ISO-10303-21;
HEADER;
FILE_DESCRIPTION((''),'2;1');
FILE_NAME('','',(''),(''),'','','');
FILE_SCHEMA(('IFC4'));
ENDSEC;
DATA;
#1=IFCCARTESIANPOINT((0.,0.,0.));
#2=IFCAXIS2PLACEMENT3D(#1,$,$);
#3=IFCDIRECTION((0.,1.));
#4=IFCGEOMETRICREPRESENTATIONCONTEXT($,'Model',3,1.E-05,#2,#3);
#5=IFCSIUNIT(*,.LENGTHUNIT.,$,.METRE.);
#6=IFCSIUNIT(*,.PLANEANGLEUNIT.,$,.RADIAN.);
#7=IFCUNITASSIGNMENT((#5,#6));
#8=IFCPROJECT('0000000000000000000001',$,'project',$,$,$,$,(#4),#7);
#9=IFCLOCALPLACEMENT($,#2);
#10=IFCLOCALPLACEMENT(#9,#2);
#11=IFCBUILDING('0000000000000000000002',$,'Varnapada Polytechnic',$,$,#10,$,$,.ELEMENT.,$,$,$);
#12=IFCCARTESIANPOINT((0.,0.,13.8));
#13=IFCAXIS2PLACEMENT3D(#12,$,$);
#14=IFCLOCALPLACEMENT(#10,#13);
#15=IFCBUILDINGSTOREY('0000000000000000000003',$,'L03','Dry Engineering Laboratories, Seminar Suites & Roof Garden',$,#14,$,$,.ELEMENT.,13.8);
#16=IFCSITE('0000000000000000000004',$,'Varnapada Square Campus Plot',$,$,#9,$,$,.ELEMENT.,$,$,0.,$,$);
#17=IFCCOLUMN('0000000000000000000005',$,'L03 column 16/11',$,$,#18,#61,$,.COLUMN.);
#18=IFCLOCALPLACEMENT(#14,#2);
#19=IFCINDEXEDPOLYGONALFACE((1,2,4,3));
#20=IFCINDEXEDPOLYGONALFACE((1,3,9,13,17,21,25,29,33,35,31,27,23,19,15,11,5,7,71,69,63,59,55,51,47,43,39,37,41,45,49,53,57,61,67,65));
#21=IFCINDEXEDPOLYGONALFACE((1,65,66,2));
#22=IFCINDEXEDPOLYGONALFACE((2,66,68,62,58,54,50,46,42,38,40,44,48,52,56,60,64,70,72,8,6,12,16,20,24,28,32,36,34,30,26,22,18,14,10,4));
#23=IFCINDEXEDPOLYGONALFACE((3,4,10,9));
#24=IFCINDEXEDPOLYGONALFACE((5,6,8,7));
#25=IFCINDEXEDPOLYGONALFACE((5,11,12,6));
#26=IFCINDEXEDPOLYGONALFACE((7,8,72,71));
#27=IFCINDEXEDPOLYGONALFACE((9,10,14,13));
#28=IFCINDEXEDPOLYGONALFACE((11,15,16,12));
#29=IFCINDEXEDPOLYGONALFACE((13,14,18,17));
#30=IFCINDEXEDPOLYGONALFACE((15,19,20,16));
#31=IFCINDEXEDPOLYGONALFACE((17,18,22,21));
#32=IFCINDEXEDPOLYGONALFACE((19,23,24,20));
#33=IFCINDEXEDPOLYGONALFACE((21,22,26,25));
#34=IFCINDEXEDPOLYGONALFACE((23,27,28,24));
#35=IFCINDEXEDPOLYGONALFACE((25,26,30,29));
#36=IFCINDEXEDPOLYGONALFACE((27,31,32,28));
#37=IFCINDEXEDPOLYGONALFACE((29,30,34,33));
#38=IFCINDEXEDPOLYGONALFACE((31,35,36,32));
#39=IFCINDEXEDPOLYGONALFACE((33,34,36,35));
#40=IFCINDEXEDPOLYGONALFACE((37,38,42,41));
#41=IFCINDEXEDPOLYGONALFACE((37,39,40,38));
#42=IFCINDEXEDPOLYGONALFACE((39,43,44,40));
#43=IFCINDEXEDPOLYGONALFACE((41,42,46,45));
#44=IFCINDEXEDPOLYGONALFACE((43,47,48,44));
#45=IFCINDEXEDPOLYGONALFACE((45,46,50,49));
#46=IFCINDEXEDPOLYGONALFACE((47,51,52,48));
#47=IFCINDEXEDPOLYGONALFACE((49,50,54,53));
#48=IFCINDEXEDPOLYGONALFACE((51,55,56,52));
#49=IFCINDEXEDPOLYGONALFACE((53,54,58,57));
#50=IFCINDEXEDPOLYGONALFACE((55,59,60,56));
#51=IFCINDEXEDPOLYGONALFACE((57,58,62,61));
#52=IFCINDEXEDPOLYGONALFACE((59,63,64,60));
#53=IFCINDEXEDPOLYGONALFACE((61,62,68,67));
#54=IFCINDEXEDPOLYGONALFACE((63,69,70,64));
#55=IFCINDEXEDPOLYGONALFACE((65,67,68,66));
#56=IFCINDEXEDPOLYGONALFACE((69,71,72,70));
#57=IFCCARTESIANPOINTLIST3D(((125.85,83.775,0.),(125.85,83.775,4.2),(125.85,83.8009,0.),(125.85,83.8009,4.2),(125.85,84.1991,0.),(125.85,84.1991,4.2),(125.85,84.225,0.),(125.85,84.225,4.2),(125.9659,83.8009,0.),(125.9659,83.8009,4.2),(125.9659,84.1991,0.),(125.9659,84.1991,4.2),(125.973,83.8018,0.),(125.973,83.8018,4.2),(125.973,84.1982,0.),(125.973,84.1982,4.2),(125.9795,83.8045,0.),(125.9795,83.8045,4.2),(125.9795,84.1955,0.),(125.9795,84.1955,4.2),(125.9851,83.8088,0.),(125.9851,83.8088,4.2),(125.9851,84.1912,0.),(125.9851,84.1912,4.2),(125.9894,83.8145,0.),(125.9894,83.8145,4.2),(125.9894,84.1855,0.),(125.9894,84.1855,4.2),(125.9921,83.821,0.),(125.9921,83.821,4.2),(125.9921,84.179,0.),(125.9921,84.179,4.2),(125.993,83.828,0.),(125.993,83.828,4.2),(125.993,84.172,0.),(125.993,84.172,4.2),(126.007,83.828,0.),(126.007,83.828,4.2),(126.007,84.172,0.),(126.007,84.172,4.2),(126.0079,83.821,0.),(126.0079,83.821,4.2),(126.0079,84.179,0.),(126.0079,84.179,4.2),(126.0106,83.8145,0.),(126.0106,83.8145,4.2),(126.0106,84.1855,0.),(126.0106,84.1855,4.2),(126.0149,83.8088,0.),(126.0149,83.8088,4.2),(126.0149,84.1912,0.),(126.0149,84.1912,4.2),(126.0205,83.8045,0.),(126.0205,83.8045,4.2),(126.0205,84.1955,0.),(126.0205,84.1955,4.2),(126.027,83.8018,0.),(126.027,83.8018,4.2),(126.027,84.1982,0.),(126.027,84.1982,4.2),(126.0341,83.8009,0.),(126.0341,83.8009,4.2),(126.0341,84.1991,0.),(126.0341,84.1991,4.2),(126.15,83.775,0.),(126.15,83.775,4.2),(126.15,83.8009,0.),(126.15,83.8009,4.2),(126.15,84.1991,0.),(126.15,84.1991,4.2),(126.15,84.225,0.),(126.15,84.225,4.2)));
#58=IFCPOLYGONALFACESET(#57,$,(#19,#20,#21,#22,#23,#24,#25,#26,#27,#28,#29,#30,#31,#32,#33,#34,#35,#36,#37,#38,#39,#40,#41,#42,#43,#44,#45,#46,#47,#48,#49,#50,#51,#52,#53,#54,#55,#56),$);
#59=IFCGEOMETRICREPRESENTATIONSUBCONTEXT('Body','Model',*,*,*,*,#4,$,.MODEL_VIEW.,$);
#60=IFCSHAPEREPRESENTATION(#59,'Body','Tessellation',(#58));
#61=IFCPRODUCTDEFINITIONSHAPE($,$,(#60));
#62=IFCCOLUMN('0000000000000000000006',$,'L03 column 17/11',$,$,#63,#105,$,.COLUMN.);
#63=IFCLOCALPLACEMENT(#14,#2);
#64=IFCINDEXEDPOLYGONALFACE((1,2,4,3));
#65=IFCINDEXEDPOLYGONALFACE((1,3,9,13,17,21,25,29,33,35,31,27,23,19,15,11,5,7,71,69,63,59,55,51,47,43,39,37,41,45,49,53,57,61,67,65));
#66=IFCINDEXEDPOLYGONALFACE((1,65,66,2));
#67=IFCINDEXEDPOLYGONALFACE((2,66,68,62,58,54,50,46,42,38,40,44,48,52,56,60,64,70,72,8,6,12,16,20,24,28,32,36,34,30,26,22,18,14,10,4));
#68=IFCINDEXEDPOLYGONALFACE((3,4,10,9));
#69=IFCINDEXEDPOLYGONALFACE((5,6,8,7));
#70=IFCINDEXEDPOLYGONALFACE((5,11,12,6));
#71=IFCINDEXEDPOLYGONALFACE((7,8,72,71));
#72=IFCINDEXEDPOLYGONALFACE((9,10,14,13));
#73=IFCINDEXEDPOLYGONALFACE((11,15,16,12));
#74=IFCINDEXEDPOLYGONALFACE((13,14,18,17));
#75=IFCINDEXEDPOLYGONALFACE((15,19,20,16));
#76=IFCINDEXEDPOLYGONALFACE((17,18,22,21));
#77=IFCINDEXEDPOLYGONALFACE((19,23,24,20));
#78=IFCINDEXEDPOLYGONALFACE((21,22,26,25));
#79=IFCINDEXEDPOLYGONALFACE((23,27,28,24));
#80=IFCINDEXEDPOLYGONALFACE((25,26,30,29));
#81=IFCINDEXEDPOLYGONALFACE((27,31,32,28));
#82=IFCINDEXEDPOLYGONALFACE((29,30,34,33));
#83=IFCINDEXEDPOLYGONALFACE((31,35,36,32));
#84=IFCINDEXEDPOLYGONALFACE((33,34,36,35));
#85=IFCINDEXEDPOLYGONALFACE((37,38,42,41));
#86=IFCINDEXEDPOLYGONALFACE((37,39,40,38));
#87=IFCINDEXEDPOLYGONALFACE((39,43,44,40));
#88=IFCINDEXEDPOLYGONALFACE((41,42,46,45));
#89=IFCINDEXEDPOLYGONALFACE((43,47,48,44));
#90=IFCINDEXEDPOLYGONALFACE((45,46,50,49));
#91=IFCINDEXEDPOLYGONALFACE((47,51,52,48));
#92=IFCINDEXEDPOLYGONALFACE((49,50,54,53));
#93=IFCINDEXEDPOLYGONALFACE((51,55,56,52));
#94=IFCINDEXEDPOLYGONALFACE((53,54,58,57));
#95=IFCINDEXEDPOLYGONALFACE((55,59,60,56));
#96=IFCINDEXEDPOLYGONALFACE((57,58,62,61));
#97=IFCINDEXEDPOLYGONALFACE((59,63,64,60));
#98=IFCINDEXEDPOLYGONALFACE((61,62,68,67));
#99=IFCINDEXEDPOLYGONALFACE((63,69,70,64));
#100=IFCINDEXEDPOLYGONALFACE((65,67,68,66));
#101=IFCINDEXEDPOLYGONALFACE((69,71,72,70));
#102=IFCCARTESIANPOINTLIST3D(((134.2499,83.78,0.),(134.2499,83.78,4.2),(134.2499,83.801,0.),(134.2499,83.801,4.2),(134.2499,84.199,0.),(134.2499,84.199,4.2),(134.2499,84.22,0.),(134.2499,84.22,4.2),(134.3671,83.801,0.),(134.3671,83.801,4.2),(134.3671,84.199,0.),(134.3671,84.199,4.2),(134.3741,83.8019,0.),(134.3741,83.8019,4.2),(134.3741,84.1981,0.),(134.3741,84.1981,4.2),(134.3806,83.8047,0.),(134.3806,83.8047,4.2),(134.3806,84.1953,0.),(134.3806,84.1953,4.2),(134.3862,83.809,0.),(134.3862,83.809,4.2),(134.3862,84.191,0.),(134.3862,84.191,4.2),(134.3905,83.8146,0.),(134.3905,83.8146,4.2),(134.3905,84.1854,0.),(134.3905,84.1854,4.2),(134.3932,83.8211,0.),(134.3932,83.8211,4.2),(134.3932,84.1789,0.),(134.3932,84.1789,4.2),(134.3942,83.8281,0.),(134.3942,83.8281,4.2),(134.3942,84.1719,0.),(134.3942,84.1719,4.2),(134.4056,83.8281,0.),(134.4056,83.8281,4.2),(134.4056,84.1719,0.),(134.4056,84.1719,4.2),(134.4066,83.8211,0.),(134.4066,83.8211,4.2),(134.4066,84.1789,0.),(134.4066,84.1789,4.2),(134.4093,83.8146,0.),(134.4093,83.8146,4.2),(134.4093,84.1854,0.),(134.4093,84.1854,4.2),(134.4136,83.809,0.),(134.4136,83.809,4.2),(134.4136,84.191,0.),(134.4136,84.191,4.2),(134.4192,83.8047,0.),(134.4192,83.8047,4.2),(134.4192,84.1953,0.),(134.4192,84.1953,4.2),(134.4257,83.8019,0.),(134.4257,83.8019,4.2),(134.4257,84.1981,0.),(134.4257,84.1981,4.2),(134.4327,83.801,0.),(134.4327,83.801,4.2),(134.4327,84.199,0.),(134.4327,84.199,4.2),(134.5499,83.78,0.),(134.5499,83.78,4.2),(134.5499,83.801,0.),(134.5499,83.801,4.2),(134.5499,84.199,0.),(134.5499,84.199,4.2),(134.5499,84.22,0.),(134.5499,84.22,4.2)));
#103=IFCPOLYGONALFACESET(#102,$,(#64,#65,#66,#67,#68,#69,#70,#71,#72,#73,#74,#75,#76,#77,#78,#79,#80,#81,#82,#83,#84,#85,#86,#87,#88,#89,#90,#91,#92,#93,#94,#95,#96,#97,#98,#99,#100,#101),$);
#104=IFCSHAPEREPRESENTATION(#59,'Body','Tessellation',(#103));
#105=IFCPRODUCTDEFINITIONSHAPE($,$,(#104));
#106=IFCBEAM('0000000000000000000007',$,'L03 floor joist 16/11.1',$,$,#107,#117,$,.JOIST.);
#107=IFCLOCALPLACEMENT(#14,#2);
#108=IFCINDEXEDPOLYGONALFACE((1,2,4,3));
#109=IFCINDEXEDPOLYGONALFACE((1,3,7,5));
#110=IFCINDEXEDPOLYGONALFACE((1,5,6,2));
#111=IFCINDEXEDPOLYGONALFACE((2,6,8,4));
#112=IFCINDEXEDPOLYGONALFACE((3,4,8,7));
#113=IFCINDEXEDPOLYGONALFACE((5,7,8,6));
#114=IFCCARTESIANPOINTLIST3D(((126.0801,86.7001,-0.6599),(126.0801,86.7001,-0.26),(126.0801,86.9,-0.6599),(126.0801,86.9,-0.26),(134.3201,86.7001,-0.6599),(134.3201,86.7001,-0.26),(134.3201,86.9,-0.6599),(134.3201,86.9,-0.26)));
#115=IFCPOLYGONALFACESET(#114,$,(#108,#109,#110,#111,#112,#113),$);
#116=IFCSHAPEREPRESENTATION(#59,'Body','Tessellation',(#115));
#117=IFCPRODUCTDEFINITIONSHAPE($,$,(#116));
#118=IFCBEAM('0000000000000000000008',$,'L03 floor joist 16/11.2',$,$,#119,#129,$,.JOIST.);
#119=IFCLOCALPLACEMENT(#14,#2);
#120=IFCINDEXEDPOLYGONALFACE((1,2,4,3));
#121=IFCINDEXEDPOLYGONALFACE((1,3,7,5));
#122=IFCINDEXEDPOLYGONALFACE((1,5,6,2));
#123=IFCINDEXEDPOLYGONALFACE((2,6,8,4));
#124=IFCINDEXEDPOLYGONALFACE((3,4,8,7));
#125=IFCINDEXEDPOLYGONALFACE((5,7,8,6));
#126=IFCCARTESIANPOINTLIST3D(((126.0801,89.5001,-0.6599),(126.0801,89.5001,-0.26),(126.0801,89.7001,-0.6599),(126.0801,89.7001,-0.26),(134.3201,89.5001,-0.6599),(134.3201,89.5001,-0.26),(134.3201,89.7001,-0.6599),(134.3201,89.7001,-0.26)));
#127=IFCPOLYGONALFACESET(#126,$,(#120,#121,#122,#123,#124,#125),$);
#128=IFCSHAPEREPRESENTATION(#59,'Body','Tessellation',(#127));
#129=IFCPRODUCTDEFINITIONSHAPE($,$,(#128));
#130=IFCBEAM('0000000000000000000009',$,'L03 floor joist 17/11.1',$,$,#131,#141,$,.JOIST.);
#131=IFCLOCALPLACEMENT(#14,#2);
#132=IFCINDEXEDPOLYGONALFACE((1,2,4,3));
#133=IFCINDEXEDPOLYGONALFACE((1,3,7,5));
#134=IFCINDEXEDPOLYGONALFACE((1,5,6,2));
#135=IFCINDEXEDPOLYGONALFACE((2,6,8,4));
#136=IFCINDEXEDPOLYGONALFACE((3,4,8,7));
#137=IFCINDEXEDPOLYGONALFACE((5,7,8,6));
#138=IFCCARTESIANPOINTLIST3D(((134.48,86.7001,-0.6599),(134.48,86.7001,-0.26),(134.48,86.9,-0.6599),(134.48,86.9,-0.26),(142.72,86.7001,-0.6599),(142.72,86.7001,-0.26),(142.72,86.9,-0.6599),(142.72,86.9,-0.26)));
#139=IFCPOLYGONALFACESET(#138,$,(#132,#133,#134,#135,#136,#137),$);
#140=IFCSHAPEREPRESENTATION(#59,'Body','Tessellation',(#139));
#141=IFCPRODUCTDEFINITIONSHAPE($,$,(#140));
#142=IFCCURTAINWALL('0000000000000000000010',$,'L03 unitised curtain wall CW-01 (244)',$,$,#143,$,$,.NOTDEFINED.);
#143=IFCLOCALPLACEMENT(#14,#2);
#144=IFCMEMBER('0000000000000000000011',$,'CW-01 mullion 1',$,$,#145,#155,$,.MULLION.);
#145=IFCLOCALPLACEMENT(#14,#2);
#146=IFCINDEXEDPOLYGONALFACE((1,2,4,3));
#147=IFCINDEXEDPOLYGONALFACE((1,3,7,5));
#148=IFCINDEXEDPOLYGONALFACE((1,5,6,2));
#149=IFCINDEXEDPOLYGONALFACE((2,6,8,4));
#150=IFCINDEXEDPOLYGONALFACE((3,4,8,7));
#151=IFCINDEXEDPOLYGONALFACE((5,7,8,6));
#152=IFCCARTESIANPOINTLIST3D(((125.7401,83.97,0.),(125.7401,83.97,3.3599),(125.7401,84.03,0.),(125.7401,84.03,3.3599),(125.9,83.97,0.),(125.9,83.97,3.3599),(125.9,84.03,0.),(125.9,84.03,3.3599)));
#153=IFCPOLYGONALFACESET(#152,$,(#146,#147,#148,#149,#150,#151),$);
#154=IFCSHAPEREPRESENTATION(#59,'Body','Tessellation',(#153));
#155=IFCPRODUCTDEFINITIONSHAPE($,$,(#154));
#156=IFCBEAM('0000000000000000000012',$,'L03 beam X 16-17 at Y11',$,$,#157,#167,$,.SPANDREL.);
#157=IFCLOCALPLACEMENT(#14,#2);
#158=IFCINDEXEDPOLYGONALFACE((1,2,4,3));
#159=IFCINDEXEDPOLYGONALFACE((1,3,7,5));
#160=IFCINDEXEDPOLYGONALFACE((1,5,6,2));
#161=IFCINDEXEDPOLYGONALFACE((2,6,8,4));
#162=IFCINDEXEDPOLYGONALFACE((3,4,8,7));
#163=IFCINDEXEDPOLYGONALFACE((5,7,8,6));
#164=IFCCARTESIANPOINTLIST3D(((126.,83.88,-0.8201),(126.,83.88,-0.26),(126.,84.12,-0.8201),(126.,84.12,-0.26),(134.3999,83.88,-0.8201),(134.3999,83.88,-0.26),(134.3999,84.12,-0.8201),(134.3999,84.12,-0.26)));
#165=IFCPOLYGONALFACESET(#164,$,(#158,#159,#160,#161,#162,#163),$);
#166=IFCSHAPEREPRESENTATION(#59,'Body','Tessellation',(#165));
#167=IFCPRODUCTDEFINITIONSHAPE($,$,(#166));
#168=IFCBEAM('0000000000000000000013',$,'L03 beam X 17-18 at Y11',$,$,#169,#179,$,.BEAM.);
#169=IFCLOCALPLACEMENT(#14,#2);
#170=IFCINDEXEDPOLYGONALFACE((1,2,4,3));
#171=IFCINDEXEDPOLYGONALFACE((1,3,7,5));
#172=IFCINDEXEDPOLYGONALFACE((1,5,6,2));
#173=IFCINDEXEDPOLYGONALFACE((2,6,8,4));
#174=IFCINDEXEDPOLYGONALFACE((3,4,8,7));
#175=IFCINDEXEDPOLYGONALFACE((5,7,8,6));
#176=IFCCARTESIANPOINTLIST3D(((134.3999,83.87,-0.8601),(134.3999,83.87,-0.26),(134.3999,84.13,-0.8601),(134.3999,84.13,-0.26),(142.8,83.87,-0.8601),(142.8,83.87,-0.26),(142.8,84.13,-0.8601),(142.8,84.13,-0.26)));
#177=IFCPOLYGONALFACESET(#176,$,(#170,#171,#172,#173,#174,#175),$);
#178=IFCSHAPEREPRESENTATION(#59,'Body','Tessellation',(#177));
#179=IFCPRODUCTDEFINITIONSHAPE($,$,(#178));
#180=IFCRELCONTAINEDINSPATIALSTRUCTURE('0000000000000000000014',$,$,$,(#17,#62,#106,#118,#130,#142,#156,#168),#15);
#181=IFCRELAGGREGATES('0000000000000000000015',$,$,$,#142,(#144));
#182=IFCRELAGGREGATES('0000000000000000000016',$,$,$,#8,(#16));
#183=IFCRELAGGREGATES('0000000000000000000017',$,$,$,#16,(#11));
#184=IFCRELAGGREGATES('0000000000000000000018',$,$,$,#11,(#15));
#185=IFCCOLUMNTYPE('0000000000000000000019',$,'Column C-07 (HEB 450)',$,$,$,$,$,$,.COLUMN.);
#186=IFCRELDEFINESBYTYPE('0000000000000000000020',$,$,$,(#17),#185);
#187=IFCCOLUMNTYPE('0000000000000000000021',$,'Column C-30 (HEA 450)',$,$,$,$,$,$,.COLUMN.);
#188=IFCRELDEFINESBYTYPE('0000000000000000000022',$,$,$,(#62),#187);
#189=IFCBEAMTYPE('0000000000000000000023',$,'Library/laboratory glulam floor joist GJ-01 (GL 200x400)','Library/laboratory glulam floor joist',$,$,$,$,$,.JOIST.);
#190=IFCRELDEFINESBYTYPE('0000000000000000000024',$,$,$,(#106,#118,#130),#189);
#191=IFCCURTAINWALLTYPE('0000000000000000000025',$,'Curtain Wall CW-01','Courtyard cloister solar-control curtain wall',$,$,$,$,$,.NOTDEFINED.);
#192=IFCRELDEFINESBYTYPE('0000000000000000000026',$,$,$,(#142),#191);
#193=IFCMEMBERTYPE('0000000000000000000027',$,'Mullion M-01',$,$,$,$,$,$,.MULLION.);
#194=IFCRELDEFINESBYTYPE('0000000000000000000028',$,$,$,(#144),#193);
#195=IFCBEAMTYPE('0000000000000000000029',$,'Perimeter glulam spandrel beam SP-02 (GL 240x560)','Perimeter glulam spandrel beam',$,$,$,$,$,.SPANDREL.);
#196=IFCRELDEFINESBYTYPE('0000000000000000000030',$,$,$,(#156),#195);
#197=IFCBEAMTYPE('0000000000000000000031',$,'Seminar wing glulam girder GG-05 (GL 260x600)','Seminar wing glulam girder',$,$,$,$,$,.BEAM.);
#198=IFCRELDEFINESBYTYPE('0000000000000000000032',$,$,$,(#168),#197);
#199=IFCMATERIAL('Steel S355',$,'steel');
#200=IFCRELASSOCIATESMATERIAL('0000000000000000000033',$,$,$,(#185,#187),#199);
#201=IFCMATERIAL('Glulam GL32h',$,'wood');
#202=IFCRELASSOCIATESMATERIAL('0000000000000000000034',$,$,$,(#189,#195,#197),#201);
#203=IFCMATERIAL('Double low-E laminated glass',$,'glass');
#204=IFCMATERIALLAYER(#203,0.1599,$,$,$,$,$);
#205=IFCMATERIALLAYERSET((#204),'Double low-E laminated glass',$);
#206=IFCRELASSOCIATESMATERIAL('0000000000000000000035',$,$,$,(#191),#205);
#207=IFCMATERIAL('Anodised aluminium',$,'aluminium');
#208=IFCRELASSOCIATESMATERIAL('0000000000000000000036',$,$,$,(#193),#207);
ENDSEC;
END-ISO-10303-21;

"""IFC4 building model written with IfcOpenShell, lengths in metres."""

from ifc_helpers import new_model, si_unit, direction, frame, origin, origin_2d, place, context, subcontext, project, spatial, rectangle, i_section, extrude, material, layer, layer_set, material_profile, profile_set, type_object, element, aggregate, save


model = new_model("IFC4")

# Units and contexts
model_context = context("Model", 3, precision=1e-05, world=origin(), true_north=direction((0.0, 1.0)))
body_context = subcontext(model_context, "Body", "Model", "MODEL_VIEW")
ifc_project = project(units=[si_unit("LENGTHUNIT", "METRE"), si_unit("PLANEANGLEUNIT", "RADIAN")], contexts=[model_context])

# Site, building, storey
site_placement = place(None, origin())
site = spatial("IfcSite", under=ifc_project, at=site_placement, Name="Varnapada Square Campus Plot", CompositionType="ELEMENT", RefElevation=0.0)
building_placement = place(site_placement, origin())
building = spatial("IfcBuilding", under=site, at=building_placement, Name="Varnapada Polytechnic", CompositionType="ELEMENT")
storey_placement = place(building_placement, frame((0.0, 0.0, 13.8)))
storey = spatial("IfcBuildingStorey", under=building, at=storey_placement, Name="L03", Description="Dry Engineering Laboratories, Seminar Suites & Roof Garden", CompositionType="ELEMENT", Elevation=13.8)

# Columns
ifc_material_1 = material(Name="Steel S355", Category="steel")
ifc_material_profile_1 = material_profile(ifc_material_1, i_section(OverallWidth=0.3, OverallDepth=0.45, WebThickness=0.0139, FlangeThickness=0.0259, FilletRadius=0.0271, at=origin_2d()), Name="HEB 450")
ifc_profile_set_1 = profile_set([ifc_material_profile_1], Name="Steel S355")
column_type_1 = type_object("IfcColumnType", Name="Column C-07 (HEB 450)", PredefinedType="COLUMN", material=ifc_profile_set_1)
column_1_placement = place(storey_placement, frame((126.0, 84.0, 0.0), z_axis=(0.0, 0.0, 1.0), x_axis=(1.0, 0.0, 0.0)))
element("IfcColumn", 1, at=column_1_placement, inside=storey, type_object=column_type_1, Name="L03 column 16/11", PredefinedType="COLUMN", context=body_context, shape_type="SweptSolid", body=[
    extrude(i_section(OverallWidth=0.3, OverallDepth=0.45, WebThickness=0.0139, FlangeThickness=0.0259, FilletRadius=0.0271, at=origin_2d()), origin(), (0.0, 0.0, 1.0), 4.2),
])
ifc_material_profile_2 = material_profile(ifc_material_1, i_section(OverallWidth=0.3, OverallDepth=0.4399, WebThickness=0.0115, FlangeThickness=0.021, FilletRadius=0.0271, at=origin_2d()), Name="HEA 450")
ifc_profile_set_2 = profile_set([ifc_material_profile_2], Name="Steel S355")
column_type_2 = type_object("IfcColumnType", Name="Column C-30 (HEA 450)", PredefinedType="COLUMN", material=ifc_profile_set_2)
column_2_placement = place(storey_placement, frame((134.3999, 84.0, 0.0), z_axis=(0.0, 0.0, 1.0), x_axis=(1.0, 0.0, 0.0)))
element("IfcColumn", 2, at=column_2_placement, inside=storey, type_object=column_type_2, Name="L03 column 17/11", PredefinedType="COLUMN", context=body_context, shape_type="SweptSolid", body=[
    extrude(i_section(OverallWidth=0.3, OverallDepth=0.4399, WebThickness=0.0115, FlangeThickness=0.021, FilletRadius=0.0271, at=origin_2d()), origin(), (0.0, 0.0, 1.0), 4.2),
])

# Beams
ifc_material_2 = material(Name="Glulam GL32h", Category="wood")
ifc_material_profile_3 = material_profile(ifc_material_2, rectangle(XDim=0.2, YDim=0.3999, at=origin_2d()), Name="GL 200x400")
ifc_profile_set_3 = profile_set([ifc_material_profile_3], Name="Glulam GL32h")
beam_type_1 = type_object("IfcBeamType", Name="Library/laboratory glulam floor joist GJ-01 (GL 200x400)", Description="Library/laboratory glulam floor joist", PredefinedType="JOIST", material=ifc_profile_set_3)
for number, where, z_axis, x_axis, name in (
    (3, (126.0801, 86.8, -0.46), (1.0, 0.0, 0.0), (0.0, 1.0, 0.0), "L03 floor joist 16/11.1"),
    (4, (126.0801, 89.6001, -0.46), (1.0, 0.0, 0.0), (0.0, 1.0, 0.0), "L03 floor joist 16/11.2"),
    (5, (134.48, 86.8, -0.46), (1.0, 0.0, 0.0), (0.0, 1.0, 0.0), "L03 floor joist 17/11.1"),
):
    element("IfcBeam", number, at=place(storey_placement, frame(where, z_axis=z_axis, x_axis=x_axis)), inside=storey, type_object=beam_type_1, Name=name, PredefinedType="JOIST", context=body_context, shape_type="SweptSolid", body=[
        extrude(rectangle(XDim=0.2, YDim=0.3999, at=origin_2d()), origin(), (0.0, 0.0, 1.0), 8.24),
    ])

# Curtain wall, member
ifc_material_3 = material(Name="Double low-E laminated glass", Category="glass")
ifc_layer_1 = layer(ifc_material_3, 0.1599)
ifc_layer_set_1 = layer_set([ifc_layer_1], Name="Double low-E laminated glass")
curtain_wall_type = type_object("IfcCurtainWallType", Name="Curtain Wall CW-01", Description="Courtyard cloister solar-control curtain wall", PredefinedType="NOTDEFINED", material=ifc_layer_set_1)
curtain_wall_placement = place(storey_placement, origin())
curtain_wall = element("IfcCurtainWall", 6, at=curtain_wall_placement, inside=storey, type_object=curtain_wall_type, Name="L03 unitised curtain wall CW-01 (244)", PredefinedType="NOTDEFINED")
ifc_material_4 = material(Name="Anodised aluminium", Category="aluminium")
ifc_material_profile_4 = material_profile(ifc_material_4, rectangle(XDim=0.0601, YDim=0.1599, at=origin_2d()), Name="ALU M60x160")
ifc_profile_set_4 = profile_set([ifc_material_profile_4], Name="Anodised aluminium")
member_type_1 = type_object("IfcMemberType", Name="Mullion M-01", PredefinedType="MULLION", material=ifc_profile_set_4)
member_1_placement = place(storey_placement, frame((125.8201, 84.0, 0.0), z_axis=(0.0, 0.0, 1.0), x_axis=(0.0, -1.0, 0.0)))
member_1 = element("IfcMember", 7, at=member_1_placement, type_object=member_type_1, Name="CW-01 mullion 1", PredefinedType="MULLION", context=body_context, shape_type="SweptSolid", body=[
    extrude(rectangle(XDim=0.0601, YDim=0.1599, at=origin_2d()), origin(), (0.0, 0.0, 1.0), 3.3599),
])

# Beams
ifc_material_profile_5 = material_profile(ifc_material_2, rectangle(XDim=0.24, YDim=0.5601, at=origin_2d()), Name="GL 240x560")
ifc_profile_set_5 = profile_set([ifc_material_profile_5], Name="Glulam GL32h")
beam_type_2 = type_object("IfcBeamType", Name="Perimeter glulam spandrel beam SP-02 (GL 240x560)", Description="Perimeter glulam spandrel beam", PredefinedType="SPANDREL", material=ifc_profile_set_5)
beam_1_placement = place(storey_placement, frame((126.0, 84.0, -0.54), z_axis=(1.0, 0.0, 0.0), x_axis=(0.0, 1.0, 0.0)))
element("IfcBeam", 8, at=beam_1_placement, inside=storey, type_object=beam_type_2, Name="L03 beam X 16-17 at Y11", PredefinedType="SPANDREL", context=body_context, shape_type="SweptSolid", body=[
    extrude(rectangle(XDim=0.24, YDim=0.5601, at=origin_2d()), origin(), (0.0, 0.0, 1.0), 8.3999),
])
ifc_material_profile_6 = material_profile(ifc_material_2, rectangle(XDim=0.26, YDim=0.6001, at=origin_2d()), Name="GL 260x600")
ifc_profile_set_6 = profile_set([ifc_material_profile_6], Name="Glulam GL32h")
beam_type_3 = type_object("IfcBeamType", Name="Seminar wing glulam girder GG-05 (GL 260x600)", Description="Seminar wing glulam girder", PredefinedType="BEAM", material=ifc_profile_set_6)
beam_2_placement = place(storey_placement, frame((134.3999, 84.0, -0.5601), z_axis=(1.0, 0.0, 0.0), x_axis=(0.0, 1.0, 0.0)))
element("IfcBeam", 9, at=beam_2_placement, inside=storey, type_object=beam_type_3, Name="L03 beam X 17-18 at Y11", PredefinedType="BEAM", context=body_context, shape_type="SweptSolid", body=[
    extrude(rectangle(XDim=0.26, YDim=0.6001, at=origin_2d()), origin(), (0.0, 0.0, 1.0), 8.4001),
])

aggregate(curtain_wall, [member_1])

save(model, "model.ifc")
